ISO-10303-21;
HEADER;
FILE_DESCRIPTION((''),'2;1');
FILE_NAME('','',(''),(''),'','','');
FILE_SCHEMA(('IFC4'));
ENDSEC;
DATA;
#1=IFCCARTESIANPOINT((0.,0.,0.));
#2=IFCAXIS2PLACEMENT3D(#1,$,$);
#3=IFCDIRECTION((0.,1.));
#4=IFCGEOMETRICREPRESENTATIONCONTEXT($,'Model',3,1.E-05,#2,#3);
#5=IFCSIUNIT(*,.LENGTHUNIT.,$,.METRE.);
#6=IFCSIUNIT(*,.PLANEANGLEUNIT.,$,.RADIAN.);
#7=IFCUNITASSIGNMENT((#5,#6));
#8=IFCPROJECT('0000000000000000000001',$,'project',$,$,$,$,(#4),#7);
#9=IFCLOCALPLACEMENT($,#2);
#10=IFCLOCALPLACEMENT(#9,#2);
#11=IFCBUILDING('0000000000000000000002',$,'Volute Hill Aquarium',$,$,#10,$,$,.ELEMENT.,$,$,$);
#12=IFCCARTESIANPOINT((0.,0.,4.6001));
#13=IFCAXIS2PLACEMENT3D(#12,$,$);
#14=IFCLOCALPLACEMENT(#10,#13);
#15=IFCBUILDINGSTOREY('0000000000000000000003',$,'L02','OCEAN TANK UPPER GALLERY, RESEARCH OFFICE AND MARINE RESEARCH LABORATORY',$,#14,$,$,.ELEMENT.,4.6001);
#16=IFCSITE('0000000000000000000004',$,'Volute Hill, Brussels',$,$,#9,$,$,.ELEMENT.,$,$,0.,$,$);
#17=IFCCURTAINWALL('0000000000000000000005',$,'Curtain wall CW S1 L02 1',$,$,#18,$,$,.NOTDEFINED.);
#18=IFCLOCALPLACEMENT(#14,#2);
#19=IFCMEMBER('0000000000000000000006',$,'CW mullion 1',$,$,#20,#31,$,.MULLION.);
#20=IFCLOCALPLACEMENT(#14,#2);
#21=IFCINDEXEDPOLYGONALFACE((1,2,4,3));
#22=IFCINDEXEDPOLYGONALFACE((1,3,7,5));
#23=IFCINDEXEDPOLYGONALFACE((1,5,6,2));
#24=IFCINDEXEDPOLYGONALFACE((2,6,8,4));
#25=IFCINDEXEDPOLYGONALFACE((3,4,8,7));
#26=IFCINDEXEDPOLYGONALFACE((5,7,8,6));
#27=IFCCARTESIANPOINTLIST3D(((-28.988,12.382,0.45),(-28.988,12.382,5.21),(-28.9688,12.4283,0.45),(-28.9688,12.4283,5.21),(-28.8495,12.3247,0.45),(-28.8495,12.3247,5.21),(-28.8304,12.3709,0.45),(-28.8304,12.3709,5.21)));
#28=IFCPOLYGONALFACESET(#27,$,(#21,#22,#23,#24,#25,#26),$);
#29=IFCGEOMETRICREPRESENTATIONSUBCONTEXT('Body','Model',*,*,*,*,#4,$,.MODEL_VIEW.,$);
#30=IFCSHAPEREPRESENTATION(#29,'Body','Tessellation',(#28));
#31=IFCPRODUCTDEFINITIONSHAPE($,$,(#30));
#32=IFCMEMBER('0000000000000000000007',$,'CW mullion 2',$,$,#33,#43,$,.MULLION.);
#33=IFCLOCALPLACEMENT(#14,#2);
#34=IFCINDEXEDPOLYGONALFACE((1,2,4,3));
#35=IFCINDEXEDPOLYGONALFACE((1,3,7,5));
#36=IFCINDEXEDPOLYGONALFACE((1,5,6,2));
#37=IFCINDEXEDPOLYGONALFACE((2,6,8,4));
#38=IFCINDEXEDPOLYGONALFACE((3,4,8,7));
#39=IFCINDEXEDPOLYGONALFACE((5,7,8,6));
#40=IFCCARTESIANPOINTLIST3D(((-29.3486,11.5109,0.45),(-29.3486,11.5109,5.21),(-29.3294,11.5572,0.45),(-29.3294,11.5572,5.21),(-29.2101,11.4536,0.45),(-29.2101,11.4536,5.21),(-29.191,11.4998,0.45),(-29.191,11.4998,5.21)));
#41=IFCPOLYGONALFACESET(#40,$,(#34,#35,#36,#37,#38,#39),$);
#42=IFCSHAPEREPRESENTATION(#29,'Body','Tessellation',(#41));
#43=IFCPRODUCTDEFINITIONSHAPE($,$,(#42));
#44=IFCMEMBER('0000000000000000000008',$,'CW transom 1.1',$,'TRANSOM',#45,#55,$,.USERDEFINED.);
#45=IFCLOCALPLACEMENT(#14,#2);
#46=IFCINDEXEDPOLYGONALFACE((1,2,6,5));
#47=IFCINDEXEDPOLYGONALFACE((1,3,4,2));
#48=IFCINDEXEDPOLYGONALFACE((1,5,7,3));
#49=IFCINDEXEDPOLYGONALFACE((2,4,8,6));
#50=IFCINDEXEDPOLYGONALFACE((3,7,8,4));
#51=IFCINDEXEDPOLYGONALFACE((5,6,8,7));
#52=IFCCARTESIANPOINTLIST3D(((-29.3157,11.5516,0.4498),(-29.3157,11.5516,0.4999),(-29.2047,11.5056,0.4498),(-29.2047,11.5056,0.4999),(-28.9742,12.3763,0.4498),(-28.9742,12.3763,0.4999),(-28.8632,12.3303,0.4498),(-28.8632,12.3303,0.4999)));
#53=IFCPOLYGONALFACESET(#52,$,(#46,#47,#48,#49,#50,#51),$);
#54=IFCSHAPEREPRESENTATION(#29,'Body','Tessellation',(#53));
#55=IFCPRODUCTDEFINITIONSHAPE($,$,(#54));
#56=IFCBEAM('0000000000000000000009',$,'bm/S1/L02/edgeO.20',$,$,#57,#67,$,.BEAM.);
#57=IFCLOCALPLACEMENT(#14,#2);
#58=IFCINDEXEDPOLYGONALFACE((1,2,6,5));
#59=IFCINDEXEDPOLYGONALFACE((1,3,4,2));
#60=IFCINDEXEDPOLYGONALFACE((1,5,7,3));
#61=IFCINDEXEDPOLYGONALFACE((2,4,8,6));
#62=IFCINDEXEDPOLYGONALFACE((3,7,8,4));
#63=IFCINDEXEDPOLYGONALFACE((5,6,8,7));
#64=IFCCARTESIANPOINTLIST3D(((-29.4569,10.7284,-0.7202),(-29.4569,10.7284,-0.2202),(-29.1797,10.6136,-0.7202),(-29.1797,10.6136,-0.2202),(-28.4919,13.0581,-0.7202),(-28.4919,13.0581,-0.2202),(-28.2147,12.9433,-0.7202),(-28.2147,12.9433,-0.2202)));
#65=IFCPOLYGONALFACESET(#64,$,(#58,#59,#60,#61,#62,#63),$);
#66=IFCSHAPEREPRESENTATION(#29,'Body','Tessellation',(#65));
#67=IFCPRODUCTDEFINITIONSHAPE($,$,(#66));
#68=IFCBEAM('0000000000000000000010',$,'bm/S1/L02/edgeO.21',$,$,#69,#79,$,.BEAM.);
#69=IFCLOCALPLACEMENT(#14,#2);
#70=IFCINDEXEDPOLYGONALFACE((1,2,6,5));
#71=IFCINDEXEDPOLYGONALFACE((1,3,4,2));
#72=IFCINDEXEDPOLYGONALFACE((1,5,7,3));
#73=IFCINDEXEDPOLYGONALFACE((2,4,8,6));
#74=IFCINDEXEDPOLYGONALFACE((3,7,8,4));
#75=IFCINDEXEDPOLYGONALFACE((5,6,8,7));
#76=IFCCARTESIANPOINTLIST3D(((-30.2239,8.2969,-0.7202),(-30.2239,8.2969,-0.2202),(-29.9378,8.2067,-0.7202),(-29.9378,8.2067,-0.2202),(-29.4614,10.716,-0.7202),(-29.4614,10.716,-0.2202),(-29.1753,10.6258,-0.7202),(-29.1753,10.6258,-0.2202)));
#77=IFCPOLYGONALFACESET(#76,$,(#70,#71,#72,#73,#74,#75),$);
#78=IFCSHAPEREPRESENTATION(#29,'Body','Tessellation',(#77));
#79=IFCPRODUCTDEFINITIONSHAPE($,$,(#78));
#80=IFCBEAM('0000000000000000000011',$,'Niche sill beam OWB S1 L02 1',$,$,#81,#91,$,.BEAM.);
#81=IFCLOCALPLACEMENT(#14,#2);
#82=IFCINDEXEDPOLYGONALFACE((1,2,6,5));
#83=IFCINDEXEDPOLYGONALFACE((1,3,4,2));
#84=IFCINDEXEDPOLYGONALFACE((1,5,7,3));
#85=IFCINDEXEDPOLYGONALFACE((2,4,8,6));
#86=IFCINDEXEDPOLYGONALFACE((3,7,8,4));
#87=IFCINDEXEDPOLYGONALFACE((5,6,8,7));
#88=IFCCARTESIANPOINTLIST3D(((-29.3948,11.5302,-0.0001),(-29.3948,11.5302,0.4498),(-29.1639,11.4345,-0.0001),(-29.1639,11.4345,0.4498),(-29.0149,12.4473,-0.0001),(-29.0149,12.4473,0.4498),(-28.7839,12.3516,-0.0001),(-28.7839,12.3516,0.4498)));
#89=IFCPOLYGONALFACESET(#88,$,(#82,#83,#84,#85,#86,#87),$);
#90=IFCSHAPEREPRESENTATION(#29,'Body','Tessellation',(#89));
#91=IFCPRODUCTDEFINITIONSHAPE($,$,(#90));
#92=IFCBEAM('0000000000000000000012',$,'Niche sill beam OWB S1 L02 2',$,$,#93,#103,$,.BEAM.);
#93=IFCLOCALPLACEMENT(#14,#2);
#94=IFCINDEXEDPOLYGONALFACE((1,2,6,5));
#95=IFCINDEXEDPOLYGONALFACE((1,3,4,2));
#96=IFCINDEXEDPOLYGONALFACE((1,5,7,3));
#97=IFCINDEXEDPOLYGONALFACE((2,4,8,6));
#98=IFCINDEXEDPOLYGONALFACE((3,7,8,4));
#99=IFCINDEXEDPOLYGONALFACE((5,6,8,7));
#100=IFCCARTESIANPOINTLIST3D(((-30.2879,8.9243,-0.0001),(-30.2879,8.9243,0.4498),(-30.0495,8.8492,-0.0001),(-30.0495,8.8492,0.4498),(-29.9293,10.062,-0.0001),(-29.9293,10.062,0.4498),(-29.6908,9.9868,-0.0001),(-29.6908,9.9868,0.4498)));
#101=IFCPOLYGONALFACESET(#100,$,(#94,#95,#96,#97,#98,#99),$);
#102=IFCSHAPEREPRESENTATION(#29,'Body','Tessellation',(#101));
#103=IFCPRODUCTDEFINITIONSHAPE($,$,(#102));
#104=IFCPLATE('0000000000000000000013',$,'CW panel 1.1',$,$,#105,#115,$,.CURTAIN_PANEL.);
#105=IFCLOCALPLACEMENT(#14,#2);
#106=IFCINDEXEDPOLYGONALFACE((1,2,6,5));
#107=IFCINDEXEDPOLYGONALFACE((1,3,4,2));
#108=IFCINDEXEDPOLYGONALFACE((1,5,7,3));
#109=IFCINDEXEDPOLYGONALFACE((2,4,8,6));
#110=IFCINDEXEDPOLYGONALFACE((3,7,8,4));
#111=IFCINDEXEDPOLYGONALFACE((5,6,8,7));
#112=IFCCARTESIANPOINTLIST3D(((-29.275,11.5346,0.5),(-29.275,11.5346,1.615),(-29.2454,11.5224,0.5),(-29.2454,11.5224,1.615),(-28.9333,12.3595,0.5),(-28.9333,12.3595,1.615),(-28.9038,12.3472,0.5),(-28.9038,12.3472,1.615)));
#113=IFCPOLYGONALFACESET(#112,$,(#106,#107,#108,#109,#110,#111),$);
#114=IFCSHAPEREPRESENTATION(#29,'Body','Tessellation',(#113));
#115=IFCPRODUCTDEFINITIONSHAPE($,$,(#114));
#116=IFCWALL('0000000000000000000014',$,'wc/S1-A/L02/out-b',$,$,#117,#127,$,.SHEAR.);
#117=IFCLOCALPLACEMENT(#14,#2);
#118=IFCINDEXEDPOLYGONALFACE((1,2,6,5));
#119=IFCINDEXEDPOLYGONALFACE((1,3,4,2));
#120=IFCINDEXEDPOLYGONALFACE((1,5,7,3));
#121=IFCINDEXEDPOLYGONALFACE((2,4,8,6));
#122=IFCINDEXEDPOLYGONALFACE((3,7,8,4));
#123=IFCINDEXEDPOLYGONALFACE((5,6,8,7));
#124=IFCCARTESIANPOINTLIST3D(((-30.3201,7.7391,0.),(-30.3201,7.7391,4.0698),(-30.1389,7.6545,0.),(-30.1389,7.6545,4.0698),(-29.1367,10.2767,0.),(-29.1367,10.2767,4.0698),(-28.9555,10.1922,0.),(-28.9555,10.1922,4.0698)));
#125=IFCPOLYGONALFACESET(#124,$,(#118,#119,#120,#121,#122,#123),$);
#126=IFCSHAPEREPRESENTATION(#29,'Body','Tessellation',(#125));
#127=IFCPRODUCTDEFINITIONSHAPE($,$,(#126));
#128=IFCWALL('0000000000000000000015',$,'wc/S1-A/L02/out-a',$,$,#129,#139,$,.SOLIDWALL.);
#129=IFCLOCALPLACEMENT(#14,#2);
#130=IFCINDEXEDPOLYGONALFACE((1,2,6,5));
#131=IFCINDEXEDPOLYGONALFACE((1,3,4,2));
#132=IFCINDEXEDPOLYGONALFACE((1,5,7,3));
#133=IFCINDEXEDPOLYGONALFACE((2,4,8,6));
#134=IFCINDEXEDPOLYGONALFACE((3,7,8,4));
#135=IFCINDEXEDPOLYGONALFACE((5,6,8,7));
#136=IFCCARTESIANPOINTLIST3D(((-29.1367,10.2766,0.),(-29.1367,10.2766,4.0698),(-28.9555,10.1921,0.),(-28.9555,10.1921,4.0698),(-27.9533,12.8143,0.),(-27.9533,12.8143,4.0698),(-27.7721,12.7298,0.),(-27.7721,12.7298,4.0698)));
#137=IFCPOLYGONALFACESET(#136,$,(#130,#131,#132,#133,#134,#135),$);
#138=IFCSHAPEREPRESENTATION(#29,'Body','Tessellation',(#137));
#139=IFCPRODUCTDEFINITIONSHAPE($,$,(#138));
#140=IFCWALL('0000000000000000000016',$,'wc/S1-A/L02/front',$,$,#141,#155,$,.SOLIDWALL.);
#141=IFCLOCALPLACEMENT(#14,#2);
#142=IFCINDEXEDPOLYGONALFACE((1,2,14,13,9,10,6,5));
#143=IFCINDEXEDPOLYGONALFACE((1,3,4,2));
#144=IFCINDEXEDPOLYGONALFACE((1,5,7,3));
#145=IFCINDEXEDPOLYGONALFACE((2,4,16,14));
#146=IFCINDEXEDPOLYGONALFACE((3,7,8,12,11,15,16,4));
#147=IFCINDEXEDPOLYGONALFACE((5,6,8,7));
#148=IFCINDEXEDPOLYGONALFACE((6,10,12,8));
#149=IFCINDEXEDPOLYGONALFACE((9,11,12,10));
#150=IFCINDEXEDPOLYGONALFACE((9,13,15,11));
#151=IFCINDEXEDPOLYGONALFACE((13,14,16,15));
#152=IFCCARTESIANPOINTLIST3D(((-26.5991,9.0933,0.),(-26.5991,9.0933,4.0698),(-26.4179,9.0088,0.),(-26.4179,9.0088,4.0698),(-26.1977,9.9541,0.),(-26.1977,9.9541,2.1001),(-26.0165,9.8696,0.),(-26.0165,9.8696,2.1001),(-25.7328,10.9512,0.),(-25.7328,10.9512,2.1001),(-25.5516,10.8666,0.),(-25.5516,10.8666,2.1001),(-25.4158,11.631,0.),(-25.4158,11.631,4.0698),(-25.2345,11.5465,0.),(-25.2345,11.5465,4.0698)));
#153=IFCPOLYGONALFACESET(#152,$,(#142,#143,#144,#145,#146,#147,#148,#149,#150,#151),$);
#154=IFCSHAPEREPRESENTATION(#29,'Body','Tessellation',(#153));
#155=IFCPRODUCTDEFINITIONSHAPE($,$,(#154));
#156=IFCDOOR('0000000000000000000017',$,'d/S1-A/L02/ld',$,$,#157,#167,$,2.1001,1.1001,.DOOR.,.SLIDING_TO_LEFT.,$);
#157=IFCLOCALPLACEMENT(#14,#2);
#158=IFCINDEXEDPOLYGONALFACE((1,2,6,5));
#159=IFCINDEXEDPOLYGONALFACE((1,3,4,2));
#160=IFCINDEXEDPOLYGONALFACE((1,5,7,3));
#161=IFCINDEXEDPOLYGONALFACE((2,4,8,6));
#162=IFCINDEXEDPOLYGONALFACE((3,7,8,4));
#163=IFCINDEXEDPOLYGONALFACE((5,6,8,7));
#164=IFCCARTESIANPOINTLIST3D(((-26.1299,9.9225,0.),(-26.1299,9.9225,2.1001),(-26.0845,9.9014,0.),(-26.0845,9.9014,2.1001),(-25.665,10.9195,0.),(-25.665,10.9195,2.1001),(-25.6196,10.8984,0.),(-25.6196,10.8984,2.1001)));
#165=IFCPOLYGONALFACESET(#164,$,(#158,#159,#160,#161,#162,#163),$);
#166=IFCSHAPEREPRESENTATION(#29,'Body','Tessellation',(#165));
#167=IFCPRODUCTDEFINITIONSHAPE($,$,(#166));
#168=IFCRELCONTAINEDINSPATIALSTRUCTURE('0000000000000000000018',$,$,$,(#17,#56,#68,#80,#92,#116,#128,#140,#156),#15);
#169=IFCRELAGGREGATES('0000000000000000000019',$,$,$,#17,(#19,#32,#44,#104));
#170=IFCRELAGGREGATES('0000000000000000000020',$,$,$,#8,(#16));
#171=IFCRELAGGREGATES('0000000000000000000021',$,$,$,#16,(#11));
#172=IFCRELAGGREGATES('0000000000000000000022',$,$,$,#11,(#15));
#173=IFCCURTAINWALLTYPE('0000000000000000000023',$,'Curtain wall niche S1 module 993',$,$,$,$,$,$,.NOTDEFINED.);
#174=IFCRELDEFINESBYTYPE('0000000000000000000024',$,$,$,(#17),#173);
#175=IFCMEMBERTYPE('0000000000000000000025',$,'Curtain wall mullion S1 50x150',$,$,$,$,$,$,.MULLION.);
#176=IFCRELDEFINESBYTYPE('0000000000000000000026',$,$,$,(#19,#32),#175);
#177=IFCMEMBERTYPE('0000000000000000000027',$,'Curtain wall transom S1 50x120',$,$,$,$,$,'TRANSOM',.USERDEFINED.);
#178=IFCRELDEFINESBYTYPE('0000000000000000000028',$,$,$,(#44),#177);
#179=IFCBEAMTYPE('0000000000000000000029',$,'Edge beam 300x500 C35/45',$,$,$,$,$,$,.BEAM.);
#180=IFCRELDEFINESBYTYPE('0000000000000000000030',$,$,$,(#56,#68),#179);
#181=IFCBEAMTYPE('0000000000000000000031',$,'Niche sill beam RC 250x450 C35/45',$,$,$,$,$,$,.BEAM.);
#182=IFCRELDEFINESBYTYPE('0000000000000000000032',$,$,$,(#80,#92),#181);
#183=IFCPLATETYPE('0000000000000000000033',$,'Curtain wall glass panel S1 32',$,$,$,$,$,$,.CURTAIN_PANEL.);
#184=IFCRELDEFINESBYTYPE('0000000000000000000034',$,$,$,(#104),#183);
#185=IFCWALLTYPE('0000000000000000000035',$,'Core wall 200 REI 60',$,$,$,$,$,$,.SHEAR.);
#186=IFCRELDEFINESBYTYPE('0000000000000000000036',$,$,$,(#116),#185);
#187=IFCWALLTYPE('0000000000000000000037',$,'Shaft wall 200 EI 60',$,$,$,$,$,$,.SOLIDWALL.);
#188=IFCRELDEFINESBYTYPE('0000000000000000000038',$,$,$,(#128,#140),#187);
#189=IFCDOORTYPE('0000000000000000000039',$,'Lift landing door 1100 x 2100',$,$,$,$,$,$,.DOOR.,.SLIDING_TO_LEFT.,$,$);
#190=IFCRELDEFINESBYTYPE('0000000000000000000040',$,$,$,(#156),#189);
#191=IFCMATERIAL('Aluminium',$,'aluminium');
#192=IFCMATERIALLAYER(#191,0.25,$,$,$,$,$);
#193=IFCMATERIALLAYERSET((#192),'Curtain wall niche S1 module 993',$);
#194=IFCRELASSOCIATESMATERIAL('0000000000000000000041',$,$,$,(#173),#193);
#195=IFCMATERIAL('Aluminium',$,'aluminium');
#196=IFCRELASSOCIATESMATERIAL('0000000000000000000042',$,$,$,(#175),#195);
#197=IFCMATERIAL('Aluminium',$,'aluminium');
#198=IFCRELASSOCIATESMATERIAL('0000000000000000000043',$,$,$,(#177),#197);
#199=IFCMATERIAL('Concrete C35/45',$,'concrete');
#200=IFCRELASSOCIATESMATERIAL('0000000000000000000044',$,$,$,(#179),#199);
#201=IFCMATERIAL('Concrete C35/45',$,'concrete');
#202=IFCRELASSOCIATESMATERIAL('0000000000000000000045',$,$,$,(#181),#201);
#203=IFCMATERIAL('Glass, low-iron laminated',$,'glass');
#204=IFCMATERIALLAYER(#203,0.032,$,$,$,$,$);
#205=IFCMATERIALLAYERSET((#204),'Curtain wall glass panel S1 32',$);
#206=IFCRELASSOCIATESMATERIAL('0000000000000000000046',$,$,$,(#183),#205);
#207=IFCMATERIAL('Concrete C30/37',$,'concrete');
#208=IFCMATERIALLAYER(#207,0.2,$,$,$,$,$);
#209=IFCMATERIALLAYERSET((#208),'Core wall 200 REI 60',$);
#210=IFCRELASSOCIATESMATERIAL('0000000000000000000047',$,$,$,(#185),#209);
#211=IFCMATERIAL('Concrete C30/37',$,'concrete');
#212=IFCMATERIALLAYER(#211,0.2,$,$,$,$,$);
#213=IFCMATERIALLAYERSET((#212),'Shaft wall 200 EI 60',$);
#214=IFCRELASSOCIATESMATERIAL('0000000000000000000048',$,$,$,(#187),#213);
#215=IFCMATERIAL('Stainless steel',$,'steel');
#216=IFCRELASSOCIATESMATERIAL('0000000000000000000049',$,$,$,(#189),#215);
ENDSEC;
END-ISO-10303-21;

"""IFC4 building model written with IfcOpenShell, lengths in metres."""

from ifc_helpers import new_model, si_unit, direction, frame, frame_2d, origin, origin_2d, place, context, subcontext, project, spatial, rectangle, extrude, material, layer, layer_set, material_profile, profile_set, type_object, element, fill, aggregate, save


model = new_model("IFC4")

# Units and contexts
model_context = context("Model", 3, precision=1e-05, world=origin(), true_north=direction((0.0, 1.0)))
body_context = subcontext(model_context, "Body", "Model", "MODEL_VIEW")
ifc_project = project(units=[si_unit("LENGTHUNIT", "METRE"), si_unit("PLANEANGLEUNIT", "RADIAN")], contexts=[model_context])

# Site, building, storey
site_placement = place(None, origin())
site = spatial("IfcSite", under=ifc_project, at=site_placement, Name="Volute Hill, Brussels", CompositionType="ELEMENT", RefElevation=0.0)
building_placement = place(site_placement, origin())
building = spatial("IfcBuilding", under=site, at=building_placement, Name="Volute Hill Aquarium", CompositionType="ELEMENT")
storey_placement = place(building_placement, frame((0.0, 0.0, 4.6001)))
storey = spatial("IfcBuildingStorey", under=building, at=storey_placement, Name="L02", Description="OCEAN TANK UPPER GALLERY, RESEARCH OFFICE AND MARINE RESEARCH LABORATORY", CompositionType="ELEMENT", Elevation=4.6001)

# Curtain wall, members
ifc_material_1 = material(Name="Aluminium", Category="aluminium")
ifc_layer_1 = layer(ifc_material_1, 0.25)
ifc_layer_set_1 = layer_set([ifc_layer_1], Name="Curtain wall niche S1 module 993")
curtain_wall_type = type_object("IfcCurtainWallType", Name="Curtain wall niche S1 module 993", PredefinedType="NOTDEFINED", material=ifc_layer_set_1)
curtain_wall_placement = place(storey_placement, origin())
curtain_wall = element("IfcCurtainWall", 1, at=curtain_wall_placement, inside=storey, type_object=curtain_wall_type, Name="Curtain wall CW S1 L02 1", PredefinedType="NOTDEFINED")
ifc_material_2 = material(Name="Aluminium", Category="aluminium")
ifc_material_profile_1 = material_profile(ifc_material_2, rectangle(XDim=0.1499, YDim=0.05, at=origin_2d()), Name="Curtain wall mullion S1 50x150")
ifc_profile_set_1 = profile_set([ifc_material_profile_1], Name="Aluminium")
member_type_1 = type_object("IfcMemberType", Name="Curtain wall mullion S1 50x150", PredefinedType="MULLION", material=ifc_profile_set_1)
member_1_placement = place(storey_placement, frame((-28.9092, 12.3765, 0.45), z_axis=(0.0, 0.0, 1.0), x_axis=(0.923885, -0.38267, 0.0)))
member_1 = element("IfcMember", 2, at=member_1_placement, type_object=member_type_1, Name="CW mullion 1", PredefinedType="MULLION", context=body_context, shape_type="SweptSolid", body=[
    extrude(rectangle(XDim=0.1499, YDim=0.05, at=origin_2d()), origin(), (0.0, 0.0, 1.0), 4.76),
])
member_2_placement = place(storey_placement, frame((-29.2698, 11.5054, 0.45), z_axis=(0.0, 0.0, 1.0), x_axis=(0.923885, -0.38267, 0.0)))
member_2 = element("IfcMember", 3, at=member_2_placement, type_object=member_type_1, Name="CW mullion 2", PredefinedType="MULLION", context=body_context, shape_type="SweptSolid", body=[
    extrude(rectangle(XDim=0.1499, YDim=0.05, at=origin_2d()), origin(), (0.0, 0.0, 1.0), 4.76),
])
ifc_material_3 = material(Name="Aluminium", Category="aluminium")
ifc_material_profile_2 = material_profile(ifc_material_3, rectangle(XDim=0.1201, YDim=0.05, at=origin_2d()), Name="Curtain wall transom S1 50x120")
ifc_profile_set_2 = profile_set([ifc_material_profile_2], Name="Aluminium")
member_type_2 = type_object("IfcMemberType", Name="Curtain wall transom S1 50x120", ElementType="TRANSOM", PredefinedType="USERDEFINED", material=ifc_profile_set_2)
member_3_placement = place(storey_placement, frame((-28.9187, 12.3533, 0.4749), z_axis=(-0.382634, -0.9239, 0.0), x_axis=(0.9239, -0.382634, 0.0)))
member_3 = element("IfcMember", 4, at=member_3_placement, type_object=member_type_2, Name="CW transom 1.1", ObjectType="TRANSOM", PredefinedType="USERDEFINED", context=body_context, shape_type="SweptSolid", body=[
    extrude(rectangle(XDim=0.1201, YDim=0.05, at=origin_2d()), origin(), (0.0, 0.0, 1.0), 0.8926),
])

# Beams
ifc_material_4 = material(Name="Concrete C35/45", Category="concrete")
ifc_material_profile_3 = material_profile(ifc_material_4, rectangle(XDim=0.3, YDim=0.5, at=origin_2d()), Name="RC edge beam 300x500")
ifc_profile_set_3 = profile_set([ifc_material_profile_3], Name="Concrete C35/45")
beam_type_1 = type_object("IfcBeamType", Name="Edge beam 300x500 C35/45", PredefinedType="BEAM", material=ifc_profile_set_3)
beam_1_placement = place(storey_placement, frame((-28.3533, 13.0007, -0.4702), z_axis=(-0.382697, -0.923874, 0.0), x_axis=(0.923874, -0.382697, 0.0)))
element("IfcBeam", 5, at=beam_1_placement, inside=storey, type_object=beam_type_1, Name="bm/S1/L02/edgeO.20", PredefinedType="BEAM", context=body_context, shape_type="SweptSolid", body=[
    extrude(rectangle(XDim=0.3, YDim=0.5, at=origin_2d()), origin(), (0.0, 0.0, 1.0), 2.5217),
])
beam_2_placement = place(storey_placement, frame((-29.3184, 10.6709, -0.4702), z_axis=(-0.30062, -0.953744, 0.0), x_axis=(0.953744, -0.30062, 0.0)))
element("IfcBeam", 6, at=beam_2_placement, inside=storey, type_object=beam_type_1, Name="bm/S1/L02/edgeO.21", PredefinedType="BEAM", context=body_context, shape_type="SweptSolid", body=[
    extrude(rectangle(XDim=0.3, YDim=0.5, at=origin_2d()), origin(), (0.0, 0.0, 1.0), 2.5364),
])
ifc_material_5 = material(Name="Concrete C35/45", Category="concrete")
ifc_material_profile_4 = material_profile(ifc_material_5, rectangle(XDim=0.25, YDim=0.45, at=origin_2d()), Name="RC beam 250x450")
ifc_profile_set_4 = profile_set([ifc_material_profile_4], Name="Concrete C35/45")
beam_type_2 = type_object("IfcBeamType", Name="Niche sill beam RC 250x450 C35/45", PredefinedType="BEAM", material=ifc_profile_set_4)
beam_3_placement = place(storey_placement, frame((-28.8994, 12.3994, 0.2249), z_axis=(-0.382728, -0.923861, 0.0), x_axis=(0.923861, -0.382728, 0.0)))
element("IfcBeam", 7, at=beam_3_placement, inside=storey, type_object=beam_type_2, Name="Niche sill beam OWB S1 L02 1", PredefinedType="BEAM", context=body_context, shape_type="SweptSolid", body=[
    extrude(rectangle(XDim=0.25, YDim=0.45, at=origin_2d()), origin(), (0.0, 0.0, 1.0), 0.9927),
])
beam_4_placement = place(storey_placement, frame((-29.8101, 10.0244, 0.2249), z_axis=(-0.300651, -0.953734, 0.0), x_axis=(0.953734, -0.300651, 0.0)))
element("IfcBeam", 8, at=beam_4_placement, inside=storey, type_object=beam_type_2, Name="Niche sill beam OWB S1 L02 2", PredefinedType="BEAM", context=body_context, shape_type="SweptSolid", body=[
    extrude(rectangle(XDim=0.25, YDim=0.45, at=origin_2d()), origin(), (0.0, 0.0, 1.0), 1.1929),
])

# Plate
ifc_material_6 = material(Name="Glass, low-iron laminated", Category="glass")
ifc_layer_2 = layer(ifc_material_6, 0.032)
ifc_layer_set_2 = layer_set([ifc_layer_2], Name="Curtain wall glass panel S1 32")
plate_type = type_object("IfcPlateType", Name="Curtain wall glass panel S1 32", PredefinedType="CURTAIN_PANEL", material=ifc_layer_set_2)
plate_placement = place(storey_placement, frame((-29.0894, 11.9409, 0.5), z_axis=(0.0, 0.0, 1.0), x_axis=(-0.38267, -0.923885, 0.0)))
plate = element("IfcPlate", 9, at=plate_placement, type_object=plate_type, Name="CW panel 1.1", PredefinedType="CURTAIN_PANEL", context=body_context, shape_type="SweptSolid", body=[
    extrude(rectangle(XDim=0.8928, YDim=0.032, at=origin_2d()), origin(), (0.0, 0.0, 1.0), 1.115),
])
aggregate(curtain_wall, [member_1, member_2, member_3, plate])

# Walls
ifc_material_7 = material(Name="Concrete C30/37", Category="concrete")
ifc_layer_3 = layer(ifc_material_7, 0.2)
ifc_layer_set_3 = layer_set([ifc_layer_3], Name="Core wall 200 REI 60")
wall_type_1 = type_object("IfcWallType", Name="Core wall 200 REI 60", PredefinedType="SHEAR", material=ifc_layer_set_3)
wall_1_placement = place(storey_placement, frame((-29.0461, 10.2344, 0.0), z_axis=(0.0, 0.0, 1.0), x_axis=(-0.422632, -0.906301, 0.0)))
element("IfcWall", 10, at=wall_1_placement, inside=storey, type_object=wall_type_1, Name="wc/S1-A/L02/out-b", PredefinedType="SHEAR", context=body_context, shape_type="SweptSolid", body=[
    extrude(rectangle(XDim=2.8, YDim=0.2, at=frame_2d((1.3999, 0.0))), origin(), (0.0, 0.0, 1.0), 4.0698),
])
ifc_material_8 = material(Name="Concrete C30/37", Category="concrete")
ifc_layer_4 = layer(ifc_material_8, 0.2)
ifc_layer_set_4 = layer_set([ifc_layer_4], Name="Shaft wall 200 EI 60")
wall_type_2 = type_object("IfcWallType", Name="Shaft wall 200 EI 60", PredefinedType="SOLIDWALL", material=ifc_layer_set_4)
wall_2_placement = place(storey_placement, frame((-27.8628, 12.772, 0.0), z_axis=(0.0, 0.0, 1.0), x_axis=(-0.422632, -0.906301, 0.0)))
element("IfcWall", 11, at=wall_2_placement, inside=storey, type_object=wall_type_2, Name="wc/S1-A/L02/out-a", PredefinedType="SOLIDWALL", context=body_context, shape_type="SweptSolid", body=[
    extrude(rectangle(XDim=2.8, YDim=0.2, at=frame_2d((1.3999, 0.0))), origin(), (0.0, 0.0, 1.0), 4.0698),
])

# Wall, opening, door
wall_3_placement = place(storey_placement, frame((-25.3252, 11.5886, 0.0), z_axis=(0.0, 0.0, 1.0), x_axis=(-0.422632, -0.906301, 0.0)))
wall_3 = element("IfcWall", 12, at=wall_3_placement, inside=storey, type_object=wall_type_2, Name="wc/S1-A/L02/front", PredefinedType="SOLIDWALL", context=body_context, shape_type="SweptSolid", body=[
    extrude(rectangle(XDim=2.8, YDim=0.2, at=frame_2d((1.3999, 0.0))), origin(), (0.0, 0.0, 1.0), 4.0698),
])
opening_placement = place(wall_3_placement, frame((0.75, 0.0, 0.0)))
opening = element("IfcOpeningElement", 13, at=opening_placement, cuts=wall_3, PredefinedType="OPENING", context=body_context, shape_type="SweptSolid", body=[
    extrude(rectangle(XDim=1.1001, YDim=2.1001, at=frame_2d((0.55, 1.05))), frame((0.0, 0.1099, 0.0), z_axis=(0.0, -1.0, 0.0), x_axis=(1.0, 0.0, 0.0)), (0.0, 0.0, 1.0), 0.22),
])
ifc_material_9 = material(Name="Stainless steel", Category="steel")
door_type = type_object("IfcDoorType", Name="Lift landing door 1100 x 2100", OperationType="SLIDING_TO_LEFT", PredefinedType="DOOR", material=ifc_material_9)
door_placement = place(opening_placement, origin())
door = element("IfcDoor", 14, at=door_placement, inside=storey, type_object=door_type, Name="d/S1-A/L02/ld", OperationType="SLIDING_TO_LEFT", OverallHeight=2.1001, OverallWidth=1.1001, PredefinedType="DOOR", context=body_context, shape_type="SweptSolid", body=[
    extrude(rectangle(XDim=1.1001, YDim=2.1001, at=frame_2d((0.55, 1.05))), frame((0.0, 0.0249, 0.0), z_axis=(0.0, -1.0, 0.0), x_axis=(1.0, 0.0, 0.0)), (0.0, 0.0, 1.0), 0.05),
])
fill(opening, door)

save(model, "model.ifc")
